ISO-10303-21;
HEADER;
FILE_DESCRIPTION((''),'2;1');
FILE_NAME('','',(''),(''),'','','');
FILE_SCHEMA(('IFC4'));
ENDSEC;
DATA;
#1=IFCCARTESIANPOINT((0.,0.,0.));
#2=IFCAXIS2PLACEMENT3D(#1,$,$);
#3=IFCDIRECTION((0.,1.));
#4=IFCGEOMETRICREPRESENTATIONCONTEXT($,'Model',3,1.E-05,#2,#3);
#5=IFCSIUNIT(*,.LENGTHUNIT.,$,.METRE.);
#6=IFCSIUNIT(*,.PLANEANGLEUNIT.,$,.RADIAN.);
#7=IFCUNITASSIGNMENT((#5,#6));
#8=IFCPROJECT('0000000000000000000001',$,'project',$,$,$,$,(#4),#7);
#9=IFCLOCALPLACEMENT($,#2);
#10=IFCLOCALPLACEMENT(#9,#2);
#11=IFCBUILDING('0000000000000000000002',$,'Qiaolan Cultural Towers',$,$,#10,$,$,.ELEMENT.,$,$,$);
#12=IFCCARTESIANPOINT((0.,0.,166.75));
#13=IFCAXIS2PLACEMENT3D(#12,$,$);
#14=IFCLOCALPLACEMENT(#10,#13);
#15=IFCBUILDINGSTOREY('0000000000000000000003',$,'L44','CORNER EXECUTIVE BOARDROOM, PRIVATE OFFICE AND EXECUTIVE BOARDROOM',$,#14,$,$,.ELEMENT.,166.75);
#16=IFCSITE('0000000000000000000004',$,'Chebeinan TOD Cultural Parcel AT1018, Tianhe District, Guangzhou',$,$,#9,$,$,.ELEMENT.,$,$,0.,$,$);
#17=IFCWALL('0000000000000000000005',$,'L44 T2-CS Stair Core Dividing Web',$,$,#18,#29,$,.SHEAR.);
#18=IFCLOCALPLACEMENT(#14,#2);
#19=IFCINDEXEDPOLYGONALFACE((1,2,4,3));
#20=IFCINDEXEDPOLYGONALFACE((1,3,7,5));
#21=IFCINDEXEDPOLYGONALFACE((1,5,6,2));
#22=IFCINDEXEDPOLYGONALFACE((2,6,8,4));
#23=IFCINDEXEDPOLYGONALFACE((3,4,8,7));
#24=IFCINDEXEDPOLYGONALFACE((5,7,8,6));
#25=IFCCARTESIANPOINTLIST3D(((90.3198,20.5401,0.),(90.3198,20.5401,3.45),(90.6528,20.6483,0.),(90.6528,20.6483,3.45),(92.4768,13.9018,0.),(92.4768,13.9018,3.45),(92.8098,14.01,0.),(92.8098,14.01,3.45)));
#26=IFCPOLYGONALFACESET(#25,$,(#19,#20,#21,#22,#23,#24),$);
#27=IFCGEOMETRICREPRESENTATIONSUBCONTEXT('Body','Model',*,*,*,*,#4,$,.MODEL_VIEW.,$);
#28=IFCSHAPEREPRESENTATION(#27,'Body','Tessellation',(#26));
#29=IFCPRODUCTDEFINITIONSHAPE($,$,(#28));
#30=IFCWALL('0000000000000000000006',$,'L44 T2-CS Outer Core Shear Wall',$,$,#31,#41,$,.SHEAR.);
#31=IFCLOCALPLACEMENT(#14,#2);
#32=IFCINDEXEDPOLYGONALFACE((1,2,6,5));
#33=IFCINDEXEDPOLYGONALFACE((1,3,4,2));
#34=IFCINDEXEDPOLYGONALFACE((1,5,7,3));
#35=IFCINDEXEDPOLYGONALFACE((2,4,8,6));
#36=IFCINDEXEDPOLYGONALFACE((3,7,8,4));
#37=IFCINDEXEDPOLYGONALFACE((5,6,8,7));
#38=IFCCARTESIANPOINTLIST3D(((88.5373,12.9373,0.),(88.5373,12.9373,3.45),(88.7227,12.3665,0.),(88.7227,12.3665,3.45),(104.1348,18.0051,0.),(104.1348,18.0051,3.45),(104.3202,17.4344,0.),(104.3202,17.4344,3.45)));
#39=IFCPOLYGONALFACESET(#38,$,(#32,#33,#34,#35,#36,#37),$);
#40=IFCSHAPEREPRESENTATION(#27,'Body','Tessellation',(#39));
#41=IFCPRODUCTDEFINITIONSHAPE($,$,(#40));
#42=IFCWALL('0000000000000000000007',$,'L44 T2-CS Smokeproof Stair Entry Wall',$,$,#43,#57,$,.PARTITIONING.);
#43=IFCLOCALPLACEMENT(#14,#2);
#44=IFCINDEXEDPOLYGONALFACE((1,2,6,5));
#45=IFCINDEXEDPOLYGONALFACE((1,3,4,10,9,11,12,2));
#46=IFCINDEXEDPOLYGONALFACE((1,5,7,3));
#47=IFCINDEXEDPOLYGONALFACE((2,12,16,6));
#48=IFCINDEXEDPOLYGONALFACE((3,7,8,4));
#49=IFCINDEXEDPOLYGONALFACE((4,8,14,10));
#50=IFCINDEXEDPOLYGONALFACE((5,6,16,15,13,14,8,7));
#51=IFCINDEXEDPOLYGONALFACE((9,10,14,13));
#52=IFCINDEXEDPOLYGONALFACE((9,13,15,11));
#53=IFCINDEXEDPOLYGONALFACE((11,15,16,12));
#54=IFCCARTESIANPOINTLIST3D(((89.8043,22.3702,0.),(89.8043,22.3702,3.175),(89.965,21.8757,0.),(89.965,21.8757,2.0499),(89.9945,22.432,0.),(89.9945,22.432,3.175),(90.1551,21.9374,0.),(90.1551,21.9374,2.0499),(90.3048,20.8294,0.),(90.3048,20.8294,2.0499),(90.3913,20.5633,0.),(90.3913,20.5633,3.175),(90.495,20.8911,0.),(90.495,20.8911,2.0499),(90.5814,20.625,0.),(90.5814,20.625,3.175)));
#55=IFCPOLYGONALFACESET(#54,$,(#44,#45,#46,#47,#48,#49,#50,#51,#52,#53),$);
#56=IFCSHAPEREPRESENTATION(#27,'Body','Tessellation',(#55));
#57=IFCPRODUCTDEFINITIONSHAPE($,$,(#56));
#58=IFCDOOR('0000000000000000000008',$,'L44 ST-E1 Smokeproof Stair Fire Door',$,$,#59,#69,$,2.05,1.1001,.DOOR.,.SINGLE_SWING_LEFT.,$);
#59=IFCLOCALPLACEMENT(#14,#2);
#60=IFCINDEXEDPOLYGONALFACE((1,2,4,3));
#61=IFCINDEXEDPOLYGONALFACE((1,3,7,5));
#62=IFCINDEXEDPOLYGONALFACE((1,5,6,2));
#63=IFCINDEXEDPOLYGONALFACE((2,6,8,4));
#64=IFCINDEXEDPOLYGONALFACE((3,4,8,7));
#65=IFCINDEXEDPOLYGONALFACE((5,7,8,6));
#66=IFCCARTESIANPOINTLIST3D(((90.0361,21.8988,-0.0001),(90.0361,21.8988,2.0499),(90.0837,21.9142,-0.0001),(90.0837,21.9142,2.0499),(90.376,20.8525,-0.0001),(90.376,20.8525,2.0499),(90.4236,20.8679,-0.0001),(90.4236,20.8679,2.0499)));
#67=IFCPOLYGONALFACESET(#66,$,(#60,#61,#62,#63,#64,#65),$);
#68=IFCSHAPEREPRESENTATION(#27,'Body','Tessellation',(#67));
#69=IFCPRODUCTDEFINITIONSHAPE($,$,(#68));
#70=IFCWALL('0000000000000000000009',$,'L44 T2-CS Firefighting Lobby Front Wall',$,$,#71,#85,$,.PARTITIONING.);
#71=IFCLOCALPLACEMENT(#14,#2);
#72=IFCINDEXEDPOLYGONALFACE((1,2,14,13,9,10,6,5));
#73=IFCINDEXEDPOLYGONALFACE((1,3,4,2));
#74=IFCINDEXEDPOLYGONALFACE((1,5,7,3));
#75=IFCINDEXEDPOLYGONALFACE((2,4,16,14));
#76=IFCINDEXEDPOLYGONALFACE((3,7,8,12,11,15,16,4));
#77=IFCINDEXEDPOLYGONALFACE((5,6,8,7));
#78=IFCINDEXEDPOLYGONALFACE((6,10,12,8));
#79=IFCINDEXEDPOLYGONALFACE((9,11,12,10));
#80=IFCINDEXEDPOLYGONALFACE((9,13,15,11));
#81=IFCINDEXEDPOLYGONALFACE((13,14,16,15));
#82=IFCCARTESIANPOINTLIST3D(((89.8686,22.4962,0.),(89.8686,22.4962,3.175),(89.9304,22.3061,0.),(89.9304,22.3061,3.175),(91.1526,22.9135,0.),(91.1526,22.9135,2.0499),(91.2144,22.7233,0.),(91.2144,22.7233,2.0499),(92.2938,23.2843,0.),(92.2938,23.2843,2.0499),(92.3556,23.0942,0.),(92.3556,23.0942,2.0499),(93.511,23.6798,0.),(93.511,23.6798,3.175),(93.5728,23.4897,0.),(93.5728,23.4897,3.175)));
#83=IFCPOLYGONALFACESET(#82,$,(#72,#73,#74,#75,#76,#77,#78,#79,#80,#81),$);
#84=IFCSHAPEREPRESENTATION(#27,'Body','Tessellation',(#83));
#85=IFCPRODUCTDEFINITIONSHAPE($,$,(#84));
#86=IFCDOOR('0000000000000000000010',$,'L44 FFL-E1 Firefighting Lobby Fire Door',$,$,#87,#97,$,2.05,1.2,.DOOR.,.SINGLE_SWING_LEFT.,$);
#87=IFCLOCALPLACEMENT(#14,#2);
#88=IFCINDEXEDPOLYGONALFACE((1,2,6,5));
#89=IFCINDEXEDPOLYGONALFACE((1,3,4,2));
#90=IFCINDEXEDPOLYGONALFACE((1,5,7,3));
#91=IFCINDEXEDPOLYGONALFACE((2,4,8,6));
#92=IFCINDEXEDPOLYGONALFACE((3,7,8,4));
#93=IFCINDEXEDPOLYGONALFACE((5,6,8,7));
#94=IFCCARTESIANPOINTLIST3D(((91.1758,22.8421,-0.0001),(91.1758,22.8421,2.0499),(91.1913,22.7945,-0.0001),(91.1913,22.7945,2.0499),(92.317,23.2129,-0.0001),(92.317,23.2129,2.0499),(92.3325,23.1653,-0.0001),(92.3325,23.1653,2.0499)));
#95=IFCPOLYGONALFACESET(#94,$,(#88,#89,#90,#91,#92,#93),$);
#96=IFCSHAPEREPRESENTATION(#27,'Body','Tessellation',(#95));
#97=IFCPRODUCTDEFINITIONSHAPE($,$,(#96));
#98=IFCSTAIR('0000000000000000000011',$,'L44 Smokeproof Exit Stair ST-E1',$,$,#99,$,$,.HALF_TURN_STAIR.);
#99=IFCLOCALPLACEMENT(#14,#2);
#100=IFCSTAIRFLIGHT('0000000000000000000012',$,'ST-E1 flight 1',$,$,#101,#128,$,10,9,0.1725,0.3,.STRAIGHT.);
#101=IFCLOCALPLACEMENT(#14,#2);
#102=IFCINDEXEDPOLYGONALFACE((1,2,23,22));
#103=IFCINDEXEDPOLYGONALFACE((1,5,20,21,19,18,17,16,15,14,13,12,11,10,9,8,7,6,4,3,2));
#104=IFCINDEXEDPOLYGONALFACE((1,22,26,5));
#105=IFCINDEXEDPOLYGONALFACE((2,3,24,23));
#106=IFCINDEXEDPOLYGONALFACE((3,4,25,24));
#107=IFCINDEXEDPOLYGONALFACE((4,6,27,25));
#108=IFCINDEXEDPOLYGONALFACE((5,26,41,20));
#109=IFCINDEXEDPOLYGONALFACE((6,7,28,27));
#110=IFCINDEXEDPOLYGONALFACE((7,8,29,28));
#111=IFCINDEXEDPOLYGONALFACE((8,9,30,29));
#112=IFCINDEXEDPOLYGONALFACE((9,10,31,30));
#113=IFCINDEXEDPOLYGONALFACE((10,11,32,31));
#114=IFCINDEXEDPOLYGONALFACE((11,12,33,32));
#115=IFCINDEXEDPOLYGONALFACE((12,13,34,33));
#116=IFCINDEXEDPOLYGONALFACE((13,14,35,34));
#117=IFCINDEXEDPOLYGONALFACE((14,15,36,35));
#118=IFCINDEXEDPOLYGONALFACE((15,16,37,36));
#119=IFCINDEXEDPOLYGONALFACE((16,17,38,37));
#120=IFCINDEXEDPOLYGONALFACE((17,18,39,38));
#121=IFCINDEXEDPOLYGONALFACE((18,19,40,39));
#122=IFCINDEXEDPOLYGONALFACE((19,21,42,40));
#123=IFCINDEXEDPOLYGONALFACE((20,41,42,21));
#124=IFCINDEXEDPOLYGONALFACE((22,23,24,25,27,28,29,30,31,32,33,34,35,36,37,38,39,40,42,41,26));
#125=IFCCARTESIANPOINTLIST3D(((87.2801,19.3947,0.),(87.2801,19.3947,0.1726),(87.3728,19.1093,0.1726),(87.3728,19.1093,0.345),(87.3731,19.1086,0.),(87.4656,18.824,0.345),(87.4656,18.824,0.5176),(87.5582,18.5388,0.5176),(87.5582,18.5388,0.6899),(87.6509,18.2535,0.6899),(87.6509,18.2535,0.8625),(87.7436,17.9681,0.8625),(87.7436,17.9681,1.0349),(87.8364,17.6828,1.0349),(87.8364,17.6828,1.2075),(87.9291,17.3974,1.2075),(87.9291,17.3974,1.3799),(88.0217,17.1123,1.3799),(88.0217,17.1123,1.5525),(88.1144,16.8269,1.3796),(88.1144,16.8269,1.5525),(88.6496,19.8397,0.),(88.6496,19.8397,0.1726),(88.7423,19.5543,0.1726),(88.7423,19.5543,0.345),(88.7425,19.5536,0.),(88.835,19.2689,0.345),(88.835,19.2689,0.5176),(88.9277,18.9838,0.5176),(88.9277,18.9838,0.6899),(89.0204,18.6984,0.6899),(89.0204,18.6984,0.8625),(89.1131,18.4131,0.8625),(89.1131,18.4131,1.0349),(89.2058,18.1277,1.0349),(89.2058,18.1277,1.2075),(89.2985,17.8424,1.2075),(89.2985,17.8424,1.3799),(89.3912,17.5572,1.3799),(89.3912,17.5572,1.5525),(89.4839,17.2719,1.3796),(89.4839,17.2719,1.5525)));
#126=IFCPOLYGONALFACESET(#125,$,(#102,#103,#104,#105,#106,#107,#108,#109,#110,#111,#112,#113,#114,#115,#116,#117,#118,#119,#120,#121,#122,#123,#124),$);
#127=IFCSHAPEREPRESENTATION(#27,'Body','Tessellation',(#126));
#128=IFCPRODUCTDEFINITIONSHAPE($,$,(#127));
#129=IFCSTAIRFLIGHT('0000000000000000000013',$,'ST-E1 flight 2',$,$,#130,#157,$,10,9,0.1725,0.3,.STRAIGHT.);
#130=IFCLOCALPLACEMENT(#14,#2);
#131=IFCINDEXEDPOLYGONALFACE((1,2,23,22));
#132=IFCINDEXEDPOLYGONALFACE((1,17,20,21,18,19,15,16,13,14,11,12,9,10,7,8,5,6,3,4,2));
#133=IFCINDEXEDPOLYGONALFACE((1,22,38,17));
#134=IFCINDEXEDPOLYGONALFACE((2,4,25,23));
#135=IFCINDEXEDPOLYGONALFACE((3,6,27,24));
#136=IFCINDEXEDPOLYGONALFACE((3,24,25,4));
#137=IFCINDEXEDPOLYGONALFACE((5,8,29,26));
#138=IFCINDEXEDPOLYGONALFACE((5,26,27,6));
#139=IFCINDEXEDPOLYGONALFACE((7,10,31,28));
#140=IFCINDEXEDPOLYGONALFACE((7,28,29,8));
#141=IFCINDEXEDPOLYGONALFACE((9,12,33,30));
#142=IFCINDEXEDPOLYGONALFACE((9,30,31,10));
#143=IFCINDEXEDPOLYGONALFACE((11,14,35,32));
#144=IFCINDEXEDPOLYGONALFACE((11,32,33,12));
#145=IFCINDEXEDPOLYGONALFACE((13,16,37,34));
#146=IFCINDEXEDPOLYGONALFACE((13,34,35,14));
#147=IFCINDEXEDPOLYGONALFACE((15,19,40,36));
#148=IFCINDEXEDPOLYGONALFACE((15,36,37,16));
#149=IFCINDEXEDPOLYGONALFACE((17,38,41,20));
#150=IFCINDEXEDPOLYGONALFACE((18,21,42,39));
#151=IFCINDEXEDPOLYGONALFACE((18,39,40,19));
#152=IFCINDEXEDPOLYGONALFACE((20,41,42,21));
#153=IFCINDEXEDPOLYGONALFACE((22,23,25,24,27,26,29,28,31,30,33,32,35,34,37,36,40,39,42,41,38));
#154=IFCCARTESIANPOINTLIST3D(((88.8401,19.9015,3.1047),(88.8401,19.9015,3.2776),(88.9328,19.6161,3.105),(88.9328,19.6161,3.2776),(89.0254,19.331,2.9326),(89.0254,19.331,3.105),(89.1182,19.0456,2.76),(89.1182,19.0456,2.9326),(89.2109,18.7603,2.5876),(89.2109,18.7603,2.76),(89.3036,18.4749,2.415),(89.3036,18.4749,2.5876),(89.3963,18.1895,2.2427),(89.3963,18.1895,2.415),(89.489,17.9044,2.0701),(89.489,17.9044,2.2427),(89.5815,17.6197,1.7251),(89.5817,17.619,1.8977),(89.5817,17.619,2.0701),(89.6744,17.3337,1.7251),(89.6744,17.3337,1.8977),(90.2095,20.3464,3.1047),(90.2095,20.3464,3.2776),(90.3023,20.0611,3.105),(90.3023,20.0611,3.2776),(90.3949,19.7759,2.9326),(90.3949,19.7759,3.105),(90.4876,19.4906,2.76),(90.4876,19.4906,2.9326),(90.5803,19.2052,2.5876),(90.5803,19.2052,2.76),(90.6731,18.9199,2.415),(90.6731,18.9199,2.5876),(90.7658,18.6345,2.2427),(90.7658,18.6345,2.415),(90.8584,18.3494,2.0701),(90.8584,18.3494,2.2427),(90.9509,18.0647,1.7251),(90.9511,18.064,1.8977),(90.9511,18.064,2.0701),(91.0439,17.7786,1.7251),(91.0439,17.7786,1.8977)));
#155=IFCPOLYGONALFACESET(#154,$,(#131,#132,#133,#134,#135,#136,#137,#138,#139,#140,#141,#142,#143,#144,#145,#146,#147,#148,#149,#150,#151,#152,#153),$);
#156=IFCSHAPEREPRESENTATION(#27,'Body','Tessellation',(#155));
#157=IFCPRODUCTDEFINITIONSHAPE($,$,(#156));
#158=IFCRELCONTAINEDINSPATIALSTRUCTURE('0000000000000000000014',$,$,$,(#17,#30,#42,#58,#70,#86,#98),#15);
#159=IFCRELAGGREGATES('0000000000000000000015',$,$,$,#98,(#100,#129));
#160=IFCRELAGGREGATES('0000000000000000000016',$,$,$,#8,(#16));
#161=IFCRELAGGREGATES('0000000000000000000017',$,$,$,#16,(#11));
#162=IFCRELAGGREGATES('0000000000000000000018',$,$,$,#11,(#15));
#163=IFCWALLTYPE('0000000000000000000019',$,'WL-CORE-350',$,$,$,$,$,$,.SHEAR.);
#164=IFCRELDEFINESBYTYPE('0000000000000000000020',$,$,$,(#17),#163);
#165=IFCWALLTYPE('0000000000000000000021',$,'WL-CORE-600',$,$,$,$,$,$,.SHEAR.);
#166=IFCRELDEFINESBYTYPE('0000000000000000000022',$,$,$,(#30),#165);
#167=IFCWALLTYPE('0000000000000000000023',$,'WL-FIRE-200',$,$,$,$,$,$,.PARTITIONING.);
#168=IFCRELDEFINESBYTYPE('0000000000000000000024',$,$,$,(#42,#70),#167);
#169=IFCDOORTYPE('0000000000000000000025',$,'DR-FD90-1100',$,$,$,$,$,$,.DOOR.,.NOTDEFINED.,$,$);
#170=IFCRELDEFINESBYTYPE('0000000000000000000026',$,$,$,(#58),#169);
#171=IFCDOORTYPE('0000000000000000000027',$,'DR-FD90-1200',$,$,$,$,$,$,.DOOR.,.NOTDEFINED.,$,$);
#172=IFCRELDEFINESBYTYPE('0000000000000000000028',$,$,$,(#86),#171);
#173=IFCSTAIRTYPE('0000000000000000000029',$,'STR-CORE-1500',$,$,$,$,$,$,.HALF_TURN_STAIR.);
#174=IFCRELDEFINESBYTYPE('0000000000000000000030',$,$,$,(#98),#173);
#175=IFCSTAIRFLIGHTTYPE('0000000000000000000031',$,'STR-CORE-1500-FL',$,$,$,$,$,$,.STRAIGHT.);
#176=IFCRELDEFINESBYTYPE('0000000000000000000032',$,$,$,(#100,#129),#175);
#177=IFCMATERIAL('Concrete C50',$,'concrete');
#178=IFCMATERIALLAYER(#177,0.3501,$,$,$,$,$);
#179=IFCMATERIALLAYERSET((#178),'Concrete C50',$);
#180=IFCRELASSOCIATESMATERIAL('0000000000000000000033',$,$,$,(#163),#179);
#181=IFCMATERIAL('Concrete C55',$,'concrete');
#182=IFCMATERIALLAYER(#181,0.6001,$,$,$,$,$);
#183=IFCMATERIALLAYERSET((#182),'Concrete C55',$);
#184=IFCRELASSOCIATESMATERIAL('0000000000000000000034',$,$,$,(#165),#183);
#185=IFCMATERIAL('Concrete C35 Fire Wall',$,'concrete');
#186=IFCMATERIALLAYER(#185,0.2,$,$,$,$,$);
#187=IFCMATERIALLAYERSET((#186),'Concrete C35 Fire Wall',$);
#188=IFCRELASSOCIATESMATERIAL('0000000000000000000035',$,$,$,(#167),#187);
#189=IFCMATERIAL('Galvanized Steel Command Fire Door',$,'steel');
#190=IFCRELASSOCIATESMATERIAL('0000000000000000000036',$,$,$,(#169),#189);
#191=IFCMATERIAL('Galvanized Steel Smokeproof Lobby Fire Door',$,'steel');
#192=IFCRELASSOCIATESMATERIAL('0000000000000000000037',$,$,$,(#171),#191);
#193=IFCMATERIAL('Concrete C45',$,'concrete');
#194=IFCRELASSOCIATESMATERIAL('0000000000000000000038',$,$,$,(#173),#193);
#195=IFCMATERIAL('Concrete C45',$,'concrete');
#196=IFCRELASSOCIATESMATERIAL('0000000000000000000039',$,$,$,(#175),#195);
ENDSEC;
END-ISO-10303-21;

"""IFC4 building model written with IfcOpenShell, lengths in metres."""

from ifc_helpers import new_model, si_unit, direction, frame, frame_2d, origin, place, context, subcontext, project, spatial, polyline, rectangle, outline, extrude, material, layer, layer_set, type_object, element, fill, aggregate, save


model = new_model("IFC4")

# Units and contexts
model_context = context("Model", 3, precision=1e-05, world=origin(), true_north=direction((0.0, 1.0)))
body_context = subcontext(model_context, "Body", "Model", "MODEL_VIEW")
ifc_project = project(units=[si_unit("LENGTHUNIT", "METRE"), si_unit("PLANEANGLEUNIT", "RADIAN")], contexts=[model_context])

# Site, building, storey
site_placement = place(None, origin())
site = spatial("IfcSite", under=ifc_project, at=site_placement, Name="Chebeinan TOD Cultural Parcel AT1018, Tianhe District, Guangzhou", CompositionType="ELEMENT", RefElevation=0.0)
building_placement = place(site_placement, origin())
building = spatial("IfcBuilding", under=site, at=building_placement, Name="Qiaolan Cultural Towers", CompositionType="ELEMENT")
storey_placement = place(building_placement, frame((0.0, 0.0, 166.75)))
storey = spatial("IfcBuildingStorey", under=building, at=storey_placement, Name="L44", Description="CORNER EXECUTIVE BOARDROOM, PRIVATE OFFICE AND EXECUTIVE BOARDROOM", CompositionType="ELEMENT", Elevation=166.75)

# Walls
ifc_material_1 = material(Name="Concrete C50", Category="concrete")
ifc_layer_1 = layer(ifc_material_1, 0.3501)
ifc_layer_set_1 = layer_set([ifc_layer_1], Name="Concrete C50")
wall_type_1 = type_object("IfcWallType", Name="WL-CORE-350", PredefinedType="SHEAR", material=ifc_layer_set_1)
wall_1_placement = place(storey_placement, frame((90.4863, 20.5942, 0.0), z_axis=(0.0, 0.0, 1.0), x_axis=(0.30902, -0.951055, 0.0)))
element("IfcWall", 1, at=wall_1_placement, inside=storey, type_object=wall_type_1, Name="L44 T2-CS Stair Core Dividing Web", PredefinedType="SHEAR", context=body_context, shape_type="SweptSolid", body=[
    extrude(rectangle(XDim=6.98, YDim=0.3501, at=frame_2d((3.49, 0.0))), origin(), (0.0, 0.0, 1.0), 3.45),
])
ifc_material_2 = material(Name="Concrete C55", Category="concrete")
ifc_layer_2 = layer(ifc_material_2, 0.6001)
ifc_layer_set_2 = layer_set([ifc_layer_2], Name="Concrete C55")
wall_type_2 = type_object("IfcWallType", Name="WL-CORE-600", PredefinedType="SHEAR", material=ifc_layer_set_2)
wall_2_placement = place(storey_placement, frame((88.6299, 12.6519, 0.0), z_axis=(0.0, 0.0, 1.0), x_axis=(0.951057, 0.309015, 0.0)))
element("IfcWall", 2, at=wall_2_placement, inside=storey, type_object=wall_type_2, Name="L44 T2-CS Outer Core Shear Wall", PredefinedType="SHEAR", context=body_context, shape_type="SweptSolid", body=[
    extrude(rectangle(XDim=16.4001, YDim=0.6001, at=frame_2d((8.2002, 0.0))), origin(), (0.0, 0.0, 1.0), 3.45),
])

# Walls, openings, doors
ifc_material_3 = material(Name="Concrete C35 Fire Wall", Category="concrete")
ifc_layer_3 = layer(ifc_material_3, 0.2)
ifc_layer_set_3 = layer_set([ifc_layer_3], Name="Concrete C35 Fire Wall")
wall_type_3 = type_object("IfcWallType", Name="WL-FIRE-200", PredefinedType="PARTITIONING", material=ifc_layer_set_3)
wall_3_placement = place(storey_placement, frame((89.8994, 22.4011, 0.0), z_axis=(0.0, 0.0, 1.0), x_axis=(0.308932, -0.951084, 0.0)))
wall_3 = element("IfcWall", 3, at=wall_3_placement, inside=storey, type_object=wall_type_3, Name="L44 T2-CS Smokeproof Stair Entry Wall", PredefinedType="PARTITIONING", context=body_context, shape_type="SweptSolid", body=[
    extrude(rectangle(XDim=1.8999, YDim=0.2, at=frame_2d((0.95, 0.0))), origin(), (0.0, 0.0, 1.0), 3.175),
])
opening_1_placement = place(wall_3_placement, frame((0.52, 0.0, 0.0)))
opening_1 = element("IfcOpeningElement", 4, at=opening_1_placement, cuts=wall_3, PredefinedType="OPENING", context=body_context, shape_type="SweptSolid", body=[
    extrude(rectangle(XDim=1.1001, YDim=2.05, at=frame_2d((0.55, 1.0249))), frame((0.0, 0.1099, 0.0), z_axis=(0.0, -1.0, 0.0), x_axis=(1.0, 0.0, 0.0)), (0.0, 0.0, 1.0), 0.22),
])
ifc_material_4 = material(Name="Galvanized Steel Command Fire Door", Category="steel")
door_type_1 = type_object("IfcDoorType", Name="DR-FD90-1100", OperationType="NOTDEFINED", PredefinedType="DOOR", material=ifc_material_4)
door_1_placement = place(opening_1_placement, origin())
door_1 = element("IfcDoor", 5, at=door_1_placement, inside=storey, type_object=door_type_1, Name="L44 ST-E1 Smokeproof Stair Fire Door", OperationType="SINGLE_SWING_LEFT", OverallHeight=2.05, OverallWidth=1.1001, PredefinedType="DOOR", context=body_context, shape_type="SweptSolid", body=[
    extrude(rectangle(XDim=1.1001, YDim=2.05, at=frame_2d((0.55, 1.0249))), frame((0.0, 0.0249, 0.0), z_axis=(0.0, -1.0, 0.0), x_axis=(1.0, 0.0, 0.0)), (0.0, 0.0, 1.0), 0.05),
])
fill(opening_1, door_1)
wall_4_placement = place(storey_placement, frame((89.8994, 22.4011, 0.0), z_axis=(0.0, 0.0, 1.0), x_axis=(0.951047, 0.309047, 0.0)))
wall_4 = element("IfcWall", 6, at=wall_4_placement, inside=storey, type_object=wall_type_3, Name="L44 T2-CS Firefighting Lobby Front Wall", PredefinedType="PARTITIONING", context=body_context, shape_type="SweptSolid", body=[
    extrude(rectangle(XDim=3.8298, YDim=0.2, at=frame_2d((1.915, 0.0))), origin(), (0.0, 0.0, 1.0), 3.175),
])
opening_2_placement = place(wall_4_placement, frame((1.3501, 0.0, 0.0)))
opening_2 = element("IfcOpeningElement", 7, at=opening_2_placement, cuts=wall_4, PredefinedType="OPENING", context=body_context, shape_type="SweptSolid", body=[
    extrude(rectangle(XDim=1.2, YDim=2.05, at=frame_2d((0.6001, 1.0249))), frame((0.0, 0.1099, 0.0), z_axis=(0.0, -1.0, 0.0), x_axis=(1.0, 0.0, 0.0)), (0.0, 0.0, 1.0), 0.22),
])
ifc_material_5 = material(Name="Galvanized Steel Smokeproof Lobby Fire Door", Category="steel")
door_type_2 = type_object("IfcDoorType", Name="DR-FD90-1200", OperationType="NOTDEFINED", PredefinedType="DOOR", material=ifc_material_5)
door_2_placement = place(opening_2_placement, origin())
door_2 = element("IfcDoor", 8, at=door_2_placement, inside=storey, type_object=door_type_2, Name="L44 FFL-E1 Firefighting Lobby Fire Door", OperationType="SINGLE_SWING_LEFT", OverallHeight=2.05, OverallWidth=1.2, PredefinedType="DOOR", context=body_context, shape_type="SweptSolid", body=[
    extrude(rectangle(XDim=1.2, YDim=2.05, at=frame_2d((0.6001, 1.0249))), frame((0.0, 0.0249, 0.0), z_axis=(0.0, -1.0, 0.0), x_axis=(1.0, 0.0, 0.0)), (0.0, 0.0, 1.0), 0.05),
])
fill(opening_2, door_2)

# Stair, stair flights
ifc_material_6 = material(Name="Concrete C45", Category="concrete")
stair_type = type_object("IfcStairType", Name="STR-CORE-1500", PredefinedType="HALF_TURN_STAIR", material=ifc_material_6)
stair_placement = place(storey_placement, origin())
stair = element("IfcStair", 9, at=stair_placement, inside=storey, type_object=stair_type, Name="L44 Smokeproof Exit Stair ST-E1", PredefinedType="HALF_TURN_STAIR")
ifc_material_7 = material(Name="Concrete C45", Category="concrete")
stair_flight_type = type_object("IfcStairFlightType", Name="STR-CORE-1500-FL", PredefinedType="STRAIGHT", material=ifc_material_7)
stair_flight_1_placement = place(storey_placement, frame((87.9648, 19.6172, 0.0), z_axis=(0.0, 0.0, 1.0), x_axis=(0.309017, -0.951057, 0.0)))
stair_flight_1 = element("IfcStairFlight", 10, at=stair_flight_1_placement, type_object=stair_flight_type, Name="ST-E1 flight 1", NumberOfRisers=10, NumberOfTreads=9, PredefinedType="STRAIGHT", RiserHeight=0.1725, TreadLength=0.3, context=body_context, shape_type="SweptSolid", body=[
    extrude(outline(polyline([(0.0, 0.0), (0.0, 0.1726), (0.3, 0.1726), (0.3, 0.345), (0.6001, 0.345), (0.6001, 0.5176), (0.8999, 0.5176), (0.8999, 0.6899), (1.2, 0.6899), (1.2, 0.8625), (1.5, 0.8625), (1.5, 1.0349), (1.8, 1.0349), (1.8, 1.2075), (2.1001, 1.2075), (2.1001, 1.3799), (2.3999, 1.3799), (2.3999, 1.5525), (2.7, 1.5525), (2.7, 1.7251), (2.7, 1.3796), (0.3008, 0.0), (0.0, 0.0)])), frame((0.0, 0.72, 0.0), z_axis=(0.0, -1.0, 0.0), x_axis=(1.0, 0.0, 0.0)), (0.0, 0.0, 1.0), 1.4399),
])
stair_flight_2_placement = place(storey_placement, frame((90.3591, 17.5562, 1.7251), z_axis=(0.0, 0.0, 1.0), x_axis=(-0.309017, 0.951057, 0.0)))
stair_flight_2 = element("IfcStairFlight", 11, at=stair_flight_2_placement, type_object=stair_flight_type, Name="ST-E1 flight 2", NumberOfRisers=10, NumberOfTreads=9, PredefinedType="STRAIGHT", RiserHeight=0.1725, TreadLength=0.3, context=body_context, shape_type="SweptSolid", body=[
    extrude(outline(polyline([(0.0, 0.0), (0.0, 0.1726), (0.3, 0.1726), (0.3, 0.345), (0.6001, 0.345), (0.6001, 0.5176), (0.8999, 0.5176), (0.8999, 0.6899), (1.2, 0.6899), (1.2, 0.8625), (1.5, 0.8625), (1.5, 1.0349), (1.8, 1.0349), (1.8, 1.2075), (2.1001, 1.2075), (2.1001, 1.3799), (2.3999, 1.3799), (2.3999, 1.5525), (2.7, 1.5525), (2.7, 1.7251), (2.7, 1.3796), (0.3008, 0.0), (0.0, 0.0)])), frame((0.0, 0.72, 0.0), z_axis=(0.0, -1.0, 0.0), x_axis=(1.0, 0.0, 0.0)), (0.0, 0.0, 1.0), 1.4399),
])
aggregate(stair, [stair_flight_1, stair_flight_2])

save(model, "model.ifc")
